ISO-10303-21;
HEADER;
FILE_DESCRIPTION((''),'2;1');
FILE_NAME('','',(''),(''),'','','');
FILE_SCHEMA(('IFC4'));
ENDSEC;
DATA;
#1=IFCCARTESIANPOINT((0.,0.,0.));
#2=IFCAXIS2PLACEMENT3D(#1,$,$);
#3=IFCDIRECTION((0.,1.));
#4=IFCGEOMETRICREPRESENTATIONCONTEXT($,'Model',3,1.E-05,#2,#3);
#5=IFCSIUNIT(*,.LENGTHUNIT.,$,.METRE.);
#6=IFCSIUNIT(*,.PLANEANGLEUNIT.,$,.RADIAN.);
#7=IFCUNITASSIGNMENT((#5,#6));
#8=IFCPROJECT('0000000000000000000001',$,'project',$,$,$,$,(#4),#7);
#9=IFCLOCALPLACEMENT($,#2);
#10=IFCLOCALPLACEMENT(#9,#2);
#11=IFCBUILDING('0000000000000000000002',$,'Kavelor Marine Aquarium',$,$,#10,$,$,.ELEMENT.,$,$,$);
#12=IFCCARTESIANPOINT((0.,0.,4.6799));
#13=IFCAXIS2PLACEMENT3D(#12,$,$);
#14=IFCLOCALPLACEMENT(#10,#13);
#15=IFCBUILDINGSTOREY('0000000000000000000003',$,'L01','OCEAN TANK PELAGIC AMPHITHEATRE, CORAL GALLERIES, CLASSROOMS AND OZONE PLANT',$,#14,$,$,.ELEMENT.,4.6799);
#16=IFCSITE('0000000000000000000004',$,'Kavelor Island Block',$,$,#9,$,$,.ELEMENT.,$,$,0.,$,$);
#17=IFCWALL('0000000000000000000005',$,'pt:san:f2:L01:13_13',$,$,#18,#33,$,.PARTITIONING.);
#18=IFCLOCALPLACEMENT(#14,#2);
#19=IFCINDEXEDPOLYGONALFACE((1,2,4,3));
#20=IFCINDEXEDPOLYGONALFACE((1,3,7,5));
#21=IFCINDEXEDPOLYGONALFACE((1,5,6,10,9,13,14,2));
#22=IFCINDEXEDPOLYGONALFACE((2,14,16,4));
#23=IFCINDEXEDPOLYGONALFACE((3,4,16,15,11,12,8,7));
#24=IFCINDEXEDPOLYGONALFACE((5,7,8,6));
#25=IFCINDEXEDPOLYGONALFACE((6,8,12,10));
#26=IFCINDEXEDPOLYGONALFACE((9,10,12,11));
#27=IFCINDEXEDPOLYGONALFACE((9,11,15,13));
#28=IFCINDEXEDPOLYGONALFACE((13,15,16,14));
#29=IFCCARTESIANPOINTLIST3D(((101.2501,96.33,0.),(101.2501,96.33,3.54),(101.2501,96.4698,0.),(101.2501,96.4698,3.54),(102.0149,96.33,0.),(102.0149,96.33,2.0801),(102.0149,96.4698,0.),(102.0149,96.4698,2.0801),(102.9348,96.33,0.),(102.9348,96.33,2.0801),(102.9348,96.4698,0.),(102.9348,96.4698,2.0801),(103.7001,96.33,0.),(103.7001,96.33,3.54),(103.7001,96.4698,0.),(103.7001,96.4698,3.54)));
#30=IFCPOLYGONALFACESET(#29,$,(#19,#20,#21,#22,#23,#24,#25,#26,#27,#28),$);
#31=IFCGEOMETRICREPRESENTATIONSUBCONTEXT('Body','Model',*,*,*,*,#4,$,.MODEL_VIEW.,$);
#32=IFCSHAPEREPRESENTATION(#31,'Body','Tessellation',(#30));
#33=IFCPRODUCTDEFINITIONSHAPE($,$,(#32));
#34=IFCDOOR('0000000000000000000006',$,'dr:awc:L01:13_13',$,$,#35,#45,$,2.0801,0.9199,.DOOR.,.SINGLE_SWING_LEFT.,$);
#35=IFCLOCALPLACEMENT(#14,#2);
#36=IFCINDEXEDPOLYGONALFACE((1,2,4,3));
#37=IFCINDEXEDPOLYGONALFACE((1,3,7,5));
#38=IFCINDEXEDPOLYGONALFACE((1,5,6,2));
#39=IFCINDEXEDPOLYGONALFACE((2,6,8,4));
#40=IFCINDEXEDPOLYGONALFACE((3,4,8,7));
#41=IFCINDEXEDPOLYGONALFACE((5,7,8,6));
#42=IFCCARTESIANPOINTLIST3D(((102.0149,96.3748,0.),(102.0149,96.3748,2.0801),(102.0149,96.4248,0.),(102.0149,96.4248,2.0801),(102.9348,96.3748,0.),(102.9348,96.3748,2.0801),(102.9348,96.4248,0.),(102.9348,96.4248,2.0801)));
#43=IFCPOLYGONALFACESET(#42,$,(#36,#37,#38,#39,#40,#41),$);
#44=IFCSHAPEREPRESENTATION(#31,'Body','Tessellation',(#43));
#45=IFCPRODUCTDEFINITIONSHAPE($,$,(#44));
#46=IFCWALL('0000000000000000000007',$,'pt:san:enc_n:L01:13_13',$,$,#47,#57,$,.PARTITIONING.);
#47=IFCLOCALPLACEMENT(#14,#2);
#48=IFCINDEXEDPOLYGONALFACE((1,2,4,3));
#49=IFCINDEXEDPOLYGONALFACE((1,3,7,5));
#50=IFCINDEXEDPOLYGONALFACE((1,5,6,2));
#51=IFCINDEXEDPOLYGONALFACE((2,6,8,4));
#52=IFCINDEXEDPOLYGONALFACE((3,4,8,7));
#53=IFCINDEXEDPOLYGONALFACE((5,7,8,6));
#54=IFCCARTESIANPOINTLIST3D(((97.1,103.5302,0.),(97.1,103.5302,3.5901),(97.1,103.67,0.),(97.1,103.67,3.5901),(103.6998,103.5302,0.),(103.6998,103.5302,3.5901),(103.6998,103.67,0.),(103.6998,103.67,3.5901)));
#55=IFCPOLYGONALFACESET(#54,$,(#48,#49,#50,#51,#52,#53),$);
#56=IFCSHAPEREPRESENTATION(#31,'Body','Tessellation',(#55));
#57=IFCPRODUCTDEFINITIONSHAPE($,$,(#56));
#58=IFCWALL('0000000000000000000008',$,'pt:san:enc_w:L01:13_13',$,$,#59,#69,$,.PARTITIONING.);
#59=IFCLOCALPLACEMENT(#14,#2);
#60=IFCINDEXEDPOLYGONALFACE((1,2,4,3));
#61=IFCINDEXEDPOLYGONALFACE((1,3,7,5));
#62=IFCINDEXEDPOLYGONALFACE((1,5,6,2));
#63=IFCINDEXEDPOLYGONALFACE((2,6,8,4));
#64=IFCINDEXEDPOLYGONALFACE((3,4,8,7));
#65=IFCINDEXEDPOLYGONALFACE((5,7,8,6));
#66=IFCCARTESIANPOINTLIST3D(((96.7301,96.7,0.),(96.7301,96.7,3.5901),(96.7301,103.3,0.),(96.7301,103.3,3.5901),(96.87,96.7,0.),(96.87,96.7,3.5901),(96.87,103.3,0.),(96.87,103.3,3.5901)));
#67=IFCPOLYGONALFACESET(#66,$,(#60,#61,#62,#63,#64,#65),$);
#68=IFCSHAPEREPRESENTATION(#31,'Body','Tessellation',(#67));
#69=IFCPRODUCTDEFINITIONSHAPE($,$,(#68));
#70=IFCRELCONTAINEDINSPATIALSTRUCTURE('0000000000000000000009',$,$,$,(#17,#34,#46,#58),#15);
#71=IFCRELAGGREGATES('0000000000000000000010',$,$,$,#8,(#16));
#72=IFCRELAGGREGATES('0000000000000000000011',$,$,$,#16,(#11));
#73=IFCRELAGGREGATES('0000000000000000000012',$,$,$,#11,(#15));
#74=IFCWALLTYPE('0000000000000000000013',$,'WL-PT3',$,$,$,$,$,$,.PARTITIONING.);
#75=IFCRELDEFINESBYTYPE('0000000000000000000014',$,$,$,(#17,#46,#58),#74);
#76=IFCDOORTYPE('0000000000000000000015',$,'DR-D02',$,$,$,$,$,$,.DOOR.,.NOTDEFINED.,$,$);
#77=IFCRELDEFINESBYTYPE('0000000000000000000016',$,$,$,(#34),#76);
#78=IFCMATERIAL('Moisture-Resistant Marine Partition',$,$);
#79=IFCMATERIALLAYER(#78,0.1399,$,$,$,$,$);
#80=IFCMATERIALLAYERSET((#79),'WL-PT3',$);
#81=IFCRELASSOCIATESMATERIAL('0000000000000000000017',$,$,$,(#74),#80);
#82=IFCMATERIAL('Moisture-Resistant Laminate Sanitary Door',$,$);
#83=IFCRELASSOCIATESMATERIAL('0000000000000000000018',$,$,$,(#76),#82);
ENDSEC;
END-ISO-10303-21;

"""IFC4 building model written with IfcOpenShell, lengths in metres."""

from ifc_helpers import new_model, si_unit, direction, frame, frame_2d, origin, place, context, subcontext, project, spatial, rectangle, extrude, material, layer, layer_set, type_object, element, fill, save


model = new_model("IFC4")

# Units and contexts
model_context = context("Model", 3, precision=1e-05, world=origin(), true_north=direction((0.0, 1.0)))
body_context = subcontext(model_context, "Body", "Model", "MODEL_VIEW")
ifc_project = project(units=[si_unit("LENGTHUNIT", "METRE"), si_unit("PLANEANGLEUNIT", "RADIAN")], contexts=[model_context])

# Site, building, storey
site_placement = place(None, origin())
site = spatial("IfcSite", under=ifc_project, at=site_placement, Name="Kavelor Island Block", CompositionType="ELEMENT", RefElevation=0.0)
building_placement = place(site_placement, origin())
building = spatial("IfcBuilding", under=site, at=building_placement, Name="Kavelor Marine Aquarium", CompositionType="ELEMENT")
storey_placement = place(building_placement, frame((0.0, 0.0, 4.6799)))
storey = spatial("IfcBuildingStorey", under=building, at=storey_placement, Name="L01", Description="OCEAN TANK PELAGIC AMPHITHEATRE, CORAL GALLERIES, CLASSROOMS AND OZONE PLANT", CompositionType="ELEMENT", Elevation=4.6799)

# Shared definitions
ifc_material_1 = material(Name="Moisture-Resistant Marine Partition")
ifc_layer_1 = layer(ifc_material_1, 0.1399)
ifc_layer_set_1 = layer_set([ifc_layer_1], Name="WL-PT3")
wall_type_1 = type_object("IfcWallType", Name="WL-PT3", PredefinedType="PARTITIONING", material=ifc_layer_set_1)

# Wall, opening, door
ifc_material_2 = material(Name="Moisture-Resistant Laminate Sanitary Door")
door_type = type_object("IfcDoorType", Name="DR-D02", OperationType="NOTDEFINED", PredefinedType="DOOR", material=ifc_material_2)
wall_1_placement = place(storey_placement, frame((101.25, 96.3999, 0.0), z_axis=(0.0, 0.0, 1.0), x_axis=(1.0, 0.0, 0.0)))
wall_1 = element("IfcWall", 1, at=wall_1_placement, inside=storey, type_object=wall_type_1, Name="pt:san:f2:L01:13_13", PredefinedType="PARTITIONING", context=body_context, shape_type="SweptSolid", body=[
    extrude(rectangle(XDim=2.45, YDim=0.1399, at=frame_2d((1.2251, 0.0))), origin(), (0.0, 0.0, 1.0), 3.54),
])
opening_1_placement = place(wall_1_placement, frame((0.7649, 0.0, 0.0)))
opening_1 = element("IfcOpeningElement", 2, at=opening_1_placement, cuts=wall_1, PredefinedType="OPENING", context=body_context, shape_type="SweptSolid", body=[
    extrude(rectangle(XDim=0.9199, YDim=2.0801, at=frame_2d((0.46, 1.04))), frame((0.0, 0.0798, 0.0), z_axis=(0.0, -1.0, 0.0), x_axis=(1.0, 0.0, 0.0)), (0.0, 0.0, 1.0), 0.1599),
])
door_1_placement = place(opening_1_placement, origin())
door_1 = element("IfcDoor", 3, at=door_1_placement, inside=storey, type_object=door_type, Name="dr:awc:L01:13_13", OperationType="SINGLE_SWING_LEFT", OverallHeight=2.0801, OverallWidth=0.9199, PredefinedType="DOOR", context=body_context, shape_type="SweptSolid", body=[
    extrude(rectangle(XDim=0.9199, YDim=2.0801, at=frame_2d((0.46, 1.04))), frame((0.0, 0.0249, 0.0), z_axis=(0.0, -1.0, 0.0), x_axis=(1.0, 0.0, 0.0)), (0.0, 0.0, 1.0), 0.05),
])
fill(opening_1, door_1)

# Walls
wall_2_placement = place(storey_placement, frame((97.1001, 103.6001, 0.0), z_axis=(0.0, 0.0, 1.0), x_axis=(1.0, 0.0, 0.0)))
element("IfcWall", 4, at=wall_2_placement, inside=storey, type_object=wall_type_1, Name="pt:san:enc_n:L01:13_13", PredefinedType="PARTITIONING", context=body_context, shape_type="SweptSolid", body=[
    extrude(rectangle(XDim=6.5999, YDim=0.1399, at=frame_2d((3.2998, 0.0))), origin(), (0.0, 0.0, 1.0), 3.5901),
])
wall_3_placement = place(storey_placement, frame((96.8, 96.7, 0.0), z_axis=(0.0, 0.0, 1.0), x_axis=(0.0, 1.0, 0.0)))
element("IfcWall", 5, at=wall_3_placement, inside=storey, type_object=wall_type_1, Name="pt:san:enc_w:L01:13_13", PredefinedType="PARTITIONING", context=body_context, shape_type="SweptSolid", body=[
    extrude(rectangle(XDim=6.6001, YDim=0.1399, at=frame_2d((3.3, 0.0))), origin(), (0.0, 0.0, 1.0), 3.5901),
])

save(model, "model.ifc")
